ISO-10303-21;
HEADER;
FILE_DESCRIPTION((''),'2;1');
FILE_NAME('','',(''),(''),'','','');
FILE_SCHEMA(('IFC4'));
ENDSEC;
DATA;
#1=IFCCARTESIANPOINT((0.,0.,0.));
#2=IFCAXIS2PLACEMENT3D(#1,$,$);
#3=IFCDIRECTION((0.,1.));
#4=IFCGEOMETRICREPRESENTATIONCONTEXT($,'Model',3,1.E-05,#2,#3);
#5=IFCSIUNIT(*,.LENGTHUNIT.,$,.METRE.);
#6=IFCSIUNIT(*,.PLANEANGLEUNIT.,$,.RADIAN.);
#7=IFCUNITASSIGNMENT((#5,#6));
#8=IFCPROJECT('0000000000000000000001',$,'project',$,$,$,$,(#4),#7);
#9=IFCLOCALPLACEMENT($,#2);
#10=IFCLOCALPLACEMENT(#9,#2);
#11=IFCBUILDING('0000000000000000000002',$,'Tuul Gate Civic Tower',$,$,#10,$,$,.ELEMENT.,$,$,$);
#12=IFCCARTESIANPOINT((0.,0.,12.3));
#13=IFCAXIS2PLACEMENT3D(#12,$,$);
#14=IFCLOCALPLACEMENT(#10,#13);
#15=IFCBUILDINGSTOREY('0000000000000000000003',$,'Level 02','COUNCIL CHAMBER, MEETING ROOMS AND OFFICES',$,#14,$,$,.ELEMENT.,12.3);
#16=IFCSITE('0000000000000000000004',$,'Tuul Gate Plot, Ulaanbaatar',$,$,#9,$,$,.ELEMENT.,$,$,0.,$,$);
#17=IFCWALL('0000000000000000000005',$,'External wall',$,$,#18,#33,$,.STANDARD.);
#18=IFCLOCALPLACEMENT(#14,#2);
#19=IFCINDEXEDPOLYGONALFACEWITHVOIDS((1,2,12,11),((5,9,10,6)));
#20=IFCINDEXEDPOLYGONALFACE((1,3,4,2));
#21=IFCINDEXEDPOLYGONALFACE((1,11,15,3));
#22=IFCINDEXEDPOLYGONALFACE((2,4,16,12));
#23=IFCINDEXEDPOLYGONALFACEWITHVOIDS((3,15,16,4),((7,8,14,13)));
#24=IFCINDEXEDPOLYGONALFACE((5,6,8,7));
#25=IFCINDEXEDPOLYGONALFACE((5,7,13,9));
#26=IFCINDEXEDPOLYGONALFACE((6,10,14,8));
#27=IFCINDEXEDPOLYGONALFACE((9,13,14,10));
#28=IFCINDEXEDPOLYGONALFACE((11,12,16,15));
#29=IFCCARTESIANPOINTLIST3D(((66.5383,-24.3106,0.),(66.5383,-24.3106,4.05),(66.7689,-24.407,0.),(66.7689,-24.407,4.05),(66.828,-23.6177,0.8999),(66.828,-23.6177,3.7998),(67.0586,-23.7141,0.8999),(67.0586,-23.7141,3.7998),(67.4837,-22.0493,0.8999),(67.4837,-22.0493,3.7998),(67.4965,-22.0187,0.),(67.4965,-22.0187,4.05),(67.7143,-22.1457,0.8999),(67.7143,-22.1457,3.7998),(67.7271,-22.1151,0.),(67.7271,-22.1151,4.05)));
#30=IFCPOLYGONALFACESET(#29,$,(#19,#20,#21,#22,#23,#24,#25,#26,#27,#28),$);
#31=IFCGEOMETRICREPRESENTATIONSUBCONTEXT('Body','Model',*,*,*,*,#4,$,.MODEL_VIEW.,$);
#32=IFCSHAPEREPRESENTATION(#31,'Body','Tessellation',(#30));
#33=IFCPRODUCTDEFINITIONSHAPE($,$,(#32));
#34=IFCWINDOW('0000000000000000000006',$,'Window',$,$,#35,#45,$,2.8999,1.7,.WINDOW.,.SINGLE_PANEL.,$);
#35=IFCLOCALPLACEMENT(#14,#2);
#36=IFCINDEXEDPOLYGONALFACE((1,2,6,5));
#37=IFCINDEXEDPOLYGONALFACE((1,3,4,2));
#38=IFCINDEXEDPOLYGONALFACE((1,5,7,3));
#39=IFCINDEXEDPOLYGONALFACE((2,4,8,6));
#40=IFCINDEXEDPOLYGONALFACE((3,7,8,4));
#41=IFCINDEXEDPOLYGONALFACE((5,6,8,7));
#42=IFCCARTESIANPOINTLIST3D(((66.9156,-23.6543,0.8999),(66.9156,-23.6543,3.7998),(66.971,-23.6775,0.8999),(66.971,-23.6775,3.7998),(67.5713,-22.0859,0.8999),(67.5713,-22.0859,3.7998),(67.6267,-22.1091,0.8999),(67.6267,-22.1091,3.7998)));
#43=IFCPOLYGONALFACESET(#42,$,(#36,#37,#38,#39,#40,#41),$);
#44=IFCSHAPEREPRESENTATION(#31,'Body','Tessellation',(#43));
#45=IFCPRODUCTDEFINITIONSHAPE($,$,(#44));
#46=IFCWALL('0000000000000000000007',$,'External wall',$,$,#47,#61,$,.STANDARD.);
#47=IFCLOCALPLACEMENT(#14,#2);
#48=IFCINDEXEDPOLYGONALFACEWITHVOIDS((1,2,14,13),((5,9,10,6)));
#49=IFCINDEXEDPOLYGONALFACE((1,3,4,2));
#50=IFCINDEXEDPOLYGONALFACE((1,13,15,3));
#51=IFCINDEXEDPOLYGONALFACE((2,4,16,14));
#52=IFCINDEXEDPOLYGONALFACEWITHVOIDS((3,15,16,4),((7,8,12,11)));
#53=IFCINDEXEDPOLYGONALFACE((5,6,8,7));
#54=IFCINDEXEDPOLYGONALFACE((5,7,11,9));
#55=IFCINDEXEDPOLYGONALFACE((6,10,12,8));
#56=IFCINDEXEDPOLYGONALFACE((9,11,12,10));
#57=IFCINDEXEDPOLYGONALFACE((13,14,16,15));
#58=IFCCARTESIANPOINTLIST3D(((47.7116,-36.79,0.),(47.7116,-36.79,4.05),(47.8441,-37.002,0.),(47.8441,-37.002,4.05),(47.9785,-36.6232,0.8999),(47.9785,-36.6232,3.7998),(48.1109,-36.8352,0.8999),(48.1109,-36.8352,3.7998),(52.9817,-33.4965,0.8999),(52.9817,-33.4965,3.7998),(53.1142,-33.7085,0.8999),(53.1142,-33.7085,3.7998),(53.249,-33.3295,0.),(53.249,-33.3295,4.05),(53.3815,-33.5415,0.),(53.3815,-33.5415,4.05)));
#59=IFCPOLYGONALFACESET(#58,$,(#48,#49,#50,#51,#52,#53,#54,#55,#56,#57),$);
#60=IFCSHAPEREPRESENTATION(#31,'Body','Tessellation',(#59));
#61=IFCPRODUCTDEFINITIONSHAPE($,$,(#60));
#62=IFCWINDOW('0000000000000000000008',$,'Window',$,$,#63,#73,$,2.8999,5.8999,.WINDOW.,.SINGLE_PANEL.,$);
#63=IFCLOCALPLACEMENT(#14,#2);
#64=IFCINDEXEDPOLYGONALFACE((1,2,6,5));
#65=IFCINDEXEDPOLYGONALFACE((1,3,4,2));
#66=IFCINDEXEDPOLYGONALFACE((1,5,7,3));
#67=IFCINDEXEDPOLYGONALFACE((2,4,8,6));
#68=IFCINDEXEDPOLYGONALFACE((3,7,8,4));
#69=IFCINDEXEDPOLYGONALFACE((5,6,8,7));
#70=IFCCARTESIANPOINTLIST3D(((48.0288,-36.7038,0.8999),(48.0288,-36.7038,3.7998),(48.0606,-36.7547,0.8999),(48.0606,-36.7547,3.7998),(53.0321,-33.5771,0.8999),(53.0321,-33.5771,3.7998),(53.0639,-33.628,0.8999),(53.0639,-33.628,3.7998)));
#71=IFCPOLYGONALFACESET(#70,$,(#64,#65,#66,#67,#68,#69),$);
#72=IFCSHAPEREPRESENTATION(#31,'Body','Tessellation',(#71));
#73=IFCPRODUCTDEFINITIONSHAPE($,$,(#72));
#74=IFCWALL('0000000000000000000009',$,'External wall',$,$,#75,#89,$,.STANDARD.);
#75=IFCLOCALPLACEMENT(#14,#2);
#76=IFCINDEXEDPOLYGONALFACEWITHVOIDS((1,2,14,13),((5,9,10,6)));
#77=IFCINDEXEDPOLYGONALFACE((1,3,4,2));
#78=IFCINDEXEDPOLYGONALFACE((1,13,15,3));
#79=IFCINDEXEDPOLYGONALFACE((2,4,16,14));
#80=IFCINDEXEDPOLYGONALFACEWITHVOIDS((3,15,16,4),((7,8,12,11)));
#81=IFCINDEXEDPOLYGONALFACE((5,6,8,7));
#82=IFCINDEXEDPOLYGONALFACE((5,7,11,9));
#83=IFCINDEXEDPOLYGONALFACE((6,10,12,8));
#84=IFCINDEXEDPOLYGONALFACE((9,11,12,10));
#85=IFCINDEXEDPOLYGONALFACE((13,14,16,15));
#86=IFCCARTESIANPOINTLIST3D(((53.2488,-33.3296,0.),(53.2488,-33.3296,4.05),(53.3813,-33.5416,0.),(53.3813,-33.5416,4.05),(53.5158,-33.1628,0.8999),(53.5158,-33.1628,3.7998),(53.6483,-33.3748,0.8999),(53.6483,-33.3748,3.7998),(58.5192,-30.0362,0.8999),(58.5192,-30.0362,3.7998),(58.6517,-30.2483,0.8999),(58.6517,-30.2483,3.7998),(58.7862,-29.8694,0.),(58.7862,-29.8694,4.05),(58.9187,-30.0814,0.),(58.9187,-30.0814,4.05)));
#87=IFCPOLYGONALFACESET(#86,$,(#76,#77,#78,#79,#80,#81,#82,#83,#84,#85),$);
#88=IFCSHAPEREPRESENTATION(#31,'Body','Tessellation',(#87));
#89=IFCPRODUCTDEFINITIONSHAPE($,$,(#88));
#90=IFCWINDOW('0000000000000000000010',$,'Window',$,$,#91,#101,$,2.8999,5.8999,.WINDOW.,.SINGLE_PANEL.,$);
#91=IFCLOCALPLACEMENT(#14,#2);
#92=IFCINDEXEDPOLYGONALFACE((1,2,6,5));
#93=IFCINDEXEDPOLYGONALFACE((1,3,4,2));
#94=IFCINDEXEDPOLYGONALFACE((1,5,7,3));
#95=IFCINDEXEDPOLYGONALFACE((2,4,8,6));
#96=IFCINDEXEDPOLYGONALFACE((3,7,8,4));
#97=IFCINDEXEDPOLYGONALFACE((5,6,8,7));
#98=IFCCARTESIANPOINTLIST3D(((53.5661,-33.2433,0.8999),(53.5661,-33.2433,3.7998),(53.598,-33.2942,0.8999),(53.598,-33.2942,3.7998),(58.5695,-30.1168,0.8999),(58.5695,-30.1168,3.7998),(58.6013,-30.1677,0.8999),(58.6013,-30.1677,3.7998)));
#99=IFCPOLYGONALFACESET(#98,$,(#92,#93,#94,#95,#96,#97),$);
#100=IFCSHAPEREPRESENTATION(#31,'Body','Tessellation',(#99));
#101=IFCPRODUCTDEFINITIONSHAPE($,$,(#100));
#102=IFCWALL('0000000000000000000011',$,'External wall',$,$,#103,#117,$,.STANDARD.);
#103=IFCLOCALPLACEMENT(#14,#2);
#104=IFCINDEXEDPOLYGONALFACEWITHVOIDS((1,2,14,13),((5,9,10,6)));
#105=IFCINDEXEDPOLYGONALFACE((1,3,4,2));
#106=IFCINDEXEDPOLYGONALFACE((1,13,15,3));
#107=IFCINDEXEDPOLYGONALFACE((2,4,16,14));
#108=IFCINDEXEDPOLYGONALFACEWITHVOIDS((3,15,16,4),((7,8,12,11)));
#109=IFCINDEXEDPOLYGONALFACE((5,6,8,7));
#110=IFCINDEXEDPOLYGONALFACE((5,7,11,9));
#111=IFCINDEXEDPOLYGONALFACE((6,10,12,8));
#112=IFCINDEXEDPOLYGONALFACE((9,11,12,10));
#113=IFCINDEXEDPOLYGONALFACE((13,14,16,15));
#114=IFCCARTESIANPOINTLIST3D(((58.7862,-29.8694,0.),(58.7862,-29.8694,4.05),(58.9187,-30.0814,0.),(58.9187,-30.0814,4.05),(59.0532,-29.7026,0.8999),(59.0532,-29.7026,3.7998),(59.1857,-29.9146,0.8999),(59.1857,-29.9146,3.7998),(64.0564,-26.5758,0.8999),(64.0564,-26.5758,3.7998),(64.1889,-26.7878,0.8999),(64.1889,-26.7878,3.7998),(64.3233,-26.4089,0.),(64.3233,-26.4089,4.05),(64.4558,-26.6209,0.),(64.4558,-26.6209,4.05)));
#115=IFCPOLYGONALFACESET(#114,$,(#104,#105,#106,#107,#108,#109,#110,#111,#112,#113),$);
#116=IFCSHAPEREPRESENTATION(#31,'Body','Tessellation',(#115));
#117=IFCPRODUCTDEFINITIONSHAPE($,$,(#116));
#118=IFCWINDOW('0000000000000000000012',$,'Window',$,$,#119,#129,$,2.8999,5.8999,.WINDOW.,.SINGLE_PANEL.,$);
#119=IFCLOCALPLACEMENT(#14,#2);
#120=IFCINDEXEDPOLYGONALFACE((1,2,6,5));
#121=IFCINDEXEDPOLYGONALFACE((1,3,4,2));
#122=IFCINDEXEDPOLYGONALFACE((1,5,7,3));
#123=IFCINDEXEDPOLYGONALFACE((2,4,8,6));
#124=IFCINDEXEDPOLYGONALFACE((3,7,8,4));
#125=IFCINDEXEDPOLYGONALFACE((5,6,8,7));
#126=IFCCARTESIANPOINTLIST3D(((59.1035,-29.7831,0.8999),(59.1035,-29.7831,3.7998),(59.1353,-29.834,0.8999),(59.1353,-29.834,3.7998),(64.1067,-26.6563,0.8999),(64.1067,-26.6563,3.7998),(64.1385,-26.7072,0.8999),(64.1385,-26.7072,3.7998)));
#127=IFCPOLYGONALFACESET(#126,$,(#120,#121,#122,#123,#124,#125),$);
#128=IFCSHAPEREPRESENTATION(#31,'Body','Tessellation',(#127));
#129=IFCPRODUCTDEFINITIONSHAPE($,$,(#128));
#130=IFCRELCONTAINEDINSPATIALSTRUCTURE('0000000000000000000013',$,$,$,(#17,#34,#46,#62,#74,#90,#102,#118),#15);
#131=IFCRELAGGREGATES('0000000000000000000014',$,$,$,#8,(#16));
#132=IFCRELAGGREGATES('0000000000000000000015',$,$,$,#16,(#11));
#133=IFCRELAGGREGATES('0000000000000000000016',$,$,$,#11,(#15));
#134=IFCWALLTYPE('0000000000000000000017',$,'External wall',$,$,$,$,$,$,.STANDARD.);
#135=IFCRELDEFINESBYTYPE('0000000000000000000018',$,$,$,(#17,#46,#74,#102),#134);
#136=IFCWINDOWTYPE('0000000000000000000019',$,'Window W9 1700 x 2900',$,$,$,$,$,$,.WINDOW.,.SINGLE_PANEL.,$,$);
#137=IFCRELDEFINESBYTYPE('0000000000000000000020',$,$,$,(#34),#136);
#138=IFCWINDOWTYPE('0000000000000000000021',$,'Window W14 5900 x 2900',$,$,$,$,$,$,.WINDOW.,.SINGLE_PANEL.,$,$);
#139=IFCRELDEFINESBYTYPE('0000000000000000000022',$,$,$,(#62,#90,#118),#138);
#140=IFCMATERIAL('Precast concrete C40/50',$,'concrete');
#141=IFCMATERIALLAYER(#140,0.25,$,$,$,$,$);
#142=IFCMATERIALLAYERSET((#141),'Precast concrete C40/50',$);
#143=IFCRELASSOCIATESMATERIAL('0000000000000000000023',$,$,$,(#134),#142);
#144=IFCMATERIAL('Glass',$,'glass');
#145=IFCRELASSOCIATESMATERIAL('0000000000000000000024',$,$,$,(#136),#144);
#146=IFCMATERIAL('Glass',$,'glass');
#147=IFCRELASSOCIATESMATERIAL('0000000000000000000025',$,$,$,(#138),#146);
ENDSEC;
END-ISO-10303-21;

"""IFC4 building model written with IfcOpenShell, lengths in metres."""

from ifc_helpers import new_model, si_unit, direction, frame, frame_2d, origin, place, context, subcontext, project, spatial, rectangle, extrude, material, layer, layer_set, type_object, element, fill, save


model = new_model("IFC4")

# Units and contexts
model_context = context("Model", 3, precision=1e-05, world=origin(), true_north=direction((0.0, 1.0)))
body_context = subcontext(model_context, "Body", "Model", "MODEL_VIEW")
ifc_project = project(units=[si_unit("LENGTHUNIT", "METRE"), si_unit("PLANEANGLEUNIT", "RADIAN")], contexts=[model_context])

# Site, building, storey
site_placement = place(None, origin())
site = spatial("IfcSite", under=ifc_project, at=site_placement, Name="Tuul Gate Plot, Ulaanbaatar", CompositionType="ELEMENT", RefElevation=0.0)
building_placement = place(site_placement, origin())
building = spatial("IfcBuilding", under=site, at=building_placement, Name="Tuul Gate Civic Tower", CompositionType="ELEMENT")
storey_placement = place(building_placement, frame((0.0, 0.0, 12.3)))
storey = spatial("IfcBuildingStorey", under=building, at=storey_placement, Name="Level 02", Description="COUNCIL CHAMBER, MEETING ROOMS AND OFFICES", CompositionType="ELEMENT", Elevation=12.3)

# Walls, openings, windows
ifc_material_1 = material(Name="Precast concrete C40/50", Category="concrete")
ifc_layer_1 = layer(ifc_material_1, 0.25)
ifc_layer_set_1 = layer_set([ifc_layer_1], Name="Precast concrete C40/50")
wall_type_1 = type_object("IfcWallType", Name="External wall", PredefinedType="STANDARD", material=ifc_layer_set_1)
wall_1_placement = place(storey_placement, frame((66.6536, -24.3589, 0.0), z_axis=(0.0, 0.0, 1.0), x_axis=(0.385732, 0.922611, 0.0)))
wall_1 = element("IfcWall", 1, at=wall_1_placement, inside=storey, type_object=wall_type_1, Name="External wall", PredefinedType="STANDARD", context=body_context, shape_type="SweptSolid", body=[
    extrude(rectangle(XDim=2.4841, YDim=0.25, at=frame_2d((1.2422, 0.0))), origin(), (0.0, 0.0, 1.0), 4.05),
])
opening_1_placement = place(wall_1_placement, frame((0.751, 0.0, 0.8999)))
opening_1 = element("IfcOpeningElement", 2, at=opening_1_placement, cuts=wall_1, PredefinedType="OPENING", context=body_context, shape_type="SweptSolid", body=[
    extrude(rectangle(XDim=1.7, YDim=2.8999, at=frame_2d((0.8501, 1.45))), frame((0.0, 0.135, 0.0), z_axis=(0.0, -1.0, 0.0), x_axis=(1.0, 0.0, 0.0)), (0.0, 0.0, 1.0), 0.27),
])
ifc_material_2 = material(Name="Glass", Category="glass")
window_type_1 = type_object("IfcWindowType", Name="Window W9 1700 x 2900", PartitioningType="SINGLE_PANEL", PredefinedType="WINDOW", material=ifc_material_2)
window_1_placement = place(opening_1_placement, origin())
window_1 = element("IfcWindow", 3, at=window_1_placement, inside=storey, type_object=window_type_1, Name="Window", OverallHeight=2.8999, OverallWidth=1.7, PartitioningType="SINGLE_PANEL", PredefinedType="WINDOW", context=body_context, shape_type="SweptSolid", body=[
    extrude(rectangle(XDim=1.7, YDim=2.8999, at=frame_2d((0.8501, 1.45))), frame((0.0, 0.03, 0.0), z_axis=(0.0, -1.0, 0.0), x_axis=(1.0, 0.0, 0.0)), (0.0, 0.0, 1.0), 0.0601),
])
fill(opening_1, window_1)
wall_2_placement = place(storey_placement, frame((47.7778, -36.896, 0.0), z_axis=(0.0, 0.0, 1.0), x_axis=(0.848026, 0.529955, 0.0)))
wall_2 = element("IfcWall", 4, at=wall_2_placement, inside=storey, type_object=wall_type_1, Name="External wall", PredefinedType="STANDARD", context=body_context, shape_type="SweptSolid", body=[
    extrude(rectangle(XDim=6.5298, YDim=0.25, at=frame_2d((3.2649, 0.0))), origin(), (0.0, 0.0, 1.0), 4.05),
])
opening_2_placement = place(wall_2_placement, frame((0.3147, 0.0, 0.8999)))
opening_2 = element("IfcOpeningElement", 5, at=opening_2_placement, cuts=wall_2, PredefinedType="OPENING", context=body_context, shape_type="SweptSolid", body=[
    extrude(rectangle(XDim=5.8999, YDim=2.8999, at=frame_2d((2.95, 1.45))), frame((0.0, 0.135, 0.0), z_axis=(0.0, -1.0, 0.0), x_axis=(1.0, 0.0, 0.0)), (0.0, 0.0, 1.0), 0.27),
])
ifc_material_3 = material(Name="Glass", Category="glass")
window_type_2 = type_object("IfcWindowType", Name="Window W14 5900 x 2900", PartitioningType="SINGLE_PANEL", PredefinedType="WINDOW", material=ifc_material_3)
window_2_placement = place(opening_2_placement, origin())
window_2 = element("IfcWindow", 6, at=window_2_placement, inside=storey, type_object=window_type_2, Name="Window", OverallHeight=2.8999, OverallWidth=5.8999, PartitioningType="SINGLE_PANEL", PredefinedType="WINDOW", context=body_context, shape_type="SweptSolid", body=[
    extrude(rectangle(XDim=5.8999, YDim=2.8999, at=frame_2d((2.95, 1.45))), frame((0.0, 0.03, 0.0), z_axis=(0.0, -1.0, 0.0), x_axis=(1.0, 0.0, 0.0)), (0.0, 0.0, 1.0), 0.0601),
])
fill(opening_2, window_2)
wall_3_placement = place(storey_placement, frame((53.3152, -33.4355, 0.0), z_axis=(0.0, 0.0, 1.0), x_axis=(0.848042, 0.529928, 0.0)))
wall_3 = element("IfcWall", 7, at=wall_3_placement, inside=storey, type_object=wall_type_1, Name="External wall", PredefinedType="STANDARD", context=body_context, shape_type="SweptSolid", body=[
    extrude(rectangle(XDim=6.5295, YDim=0.25, at=frame_2d((3.2646, 0.0))), origin(), (0.0, 0.0, 1.0), 4.05),
])
opening_3_placement = place(wall_3_placement, frame((0.3147, 0.0, 0.8999)))
opening_3 = element("IfcOpeningElement", 8, at=opening_3_placement, cuts=wall_3, PredefinedType="OPENING", context=body_context, shape_type="SweptSolid", body=[
    extrude(rectangle(XDim=5.8999, YDim=2.8999, at=frame_2d((2.95, 1.45))), frame((0.0, 0.135, 0.0), z_axis=(0.0, -1.0, 0.0), x_axis=(1.0, 0.0, 0.0)), (0.0, 0.0, 1.0), 0.27),
])
window_3_placement = place(opening_3_placement, origin())
window_3 = element("IfcWindow", 9, at=window_3_placement, inside=storey, type_object=window_type_2, Name="Window", OverallHeight=2.8999, OverallWidth=5.8999, PartitioningType="SINGLE_PANEL", PredefinedType="WINDOW", context=body_context, shape_type="SweptSolid", body=[
    extrude(rectangle(XDim=5.8999, YDim=2.8999, at=frame_2d((2.95, 1.45))), frame((0.0, 0.03, 0.0), z_axis=(0.0, -1.0, 0.0), x_axis=(1.0, 0.0, 0.0)), (0.0, 0.0, 1.0), 0.0601),
])
fill(opening_3, window_3)
wall_4_placement = place(storey_placement, frame((58.8525, -29.9753, 0.0), z_axis=(0.0, 0.0, 1.0), x_axis=(0.848015, 0.529972, 0.0)))
wall_4 = element("IfcWall", 10, at=wall_4_placement, inside=storey, type_object=wall_type_1, Name="External wall", PredefinedType="STANDARD", context=body_context, shape_type="SweptSolid", body=[
    extrude(rectangle(XDim=6.5295, YDim=0.25, at=frame_2d((3.2646, 0.0))), origin(), (0.0, 0.0, 1.0), 4.05),
])
opening_4_placement = place(wall_4_placement, frame((0.3147, 0.0, 0.8999)))
opening_4 = element("IfcOpeningElement", 11, at=opening_4_placement, cuts=wall_4, PredefinedType="OPENING", context=body_context, shape_type="SweptSolid", body=[
    extrude(rectangle(XDim=5.8999, YDim=2.8999, at=frame_2d((2.95, 1.45))), frame((0.0, 0.135, 0.0), z_axis=(0.0, -1.0, 0.0), x_axis=(1.0, 0.0, 0.0)), (0.0, 0.0, 1.0), 0.27),
])
window_4_placement = place(opening_4_placement, origin())
window_4 = element("IfcWindow", 12, at=window_4_placement, inside=storey, type_object=window_type_2, Name="Window", OverallHeight=2.8999, OverallWidth=5.8999, PartitioningType="SINGLE_PANEL", PredefinedType="WINDOW", context=body_context, shape_type="SweptSolid", body=[
    extrude(rectangle(XDim=5.8999, YDim=2.8999, at=frame_2d((2.95, 1.45))), frame((0.0, 0.03, 0.0), z_axis=(0.0, -1.0, 0.0), x_axis=(1.0, 0.0, 0.0)), (0.0, 0.0, 1.0), 0.0601),
])
fill(opening_4, window_4)

save(model, "model.ifc")
